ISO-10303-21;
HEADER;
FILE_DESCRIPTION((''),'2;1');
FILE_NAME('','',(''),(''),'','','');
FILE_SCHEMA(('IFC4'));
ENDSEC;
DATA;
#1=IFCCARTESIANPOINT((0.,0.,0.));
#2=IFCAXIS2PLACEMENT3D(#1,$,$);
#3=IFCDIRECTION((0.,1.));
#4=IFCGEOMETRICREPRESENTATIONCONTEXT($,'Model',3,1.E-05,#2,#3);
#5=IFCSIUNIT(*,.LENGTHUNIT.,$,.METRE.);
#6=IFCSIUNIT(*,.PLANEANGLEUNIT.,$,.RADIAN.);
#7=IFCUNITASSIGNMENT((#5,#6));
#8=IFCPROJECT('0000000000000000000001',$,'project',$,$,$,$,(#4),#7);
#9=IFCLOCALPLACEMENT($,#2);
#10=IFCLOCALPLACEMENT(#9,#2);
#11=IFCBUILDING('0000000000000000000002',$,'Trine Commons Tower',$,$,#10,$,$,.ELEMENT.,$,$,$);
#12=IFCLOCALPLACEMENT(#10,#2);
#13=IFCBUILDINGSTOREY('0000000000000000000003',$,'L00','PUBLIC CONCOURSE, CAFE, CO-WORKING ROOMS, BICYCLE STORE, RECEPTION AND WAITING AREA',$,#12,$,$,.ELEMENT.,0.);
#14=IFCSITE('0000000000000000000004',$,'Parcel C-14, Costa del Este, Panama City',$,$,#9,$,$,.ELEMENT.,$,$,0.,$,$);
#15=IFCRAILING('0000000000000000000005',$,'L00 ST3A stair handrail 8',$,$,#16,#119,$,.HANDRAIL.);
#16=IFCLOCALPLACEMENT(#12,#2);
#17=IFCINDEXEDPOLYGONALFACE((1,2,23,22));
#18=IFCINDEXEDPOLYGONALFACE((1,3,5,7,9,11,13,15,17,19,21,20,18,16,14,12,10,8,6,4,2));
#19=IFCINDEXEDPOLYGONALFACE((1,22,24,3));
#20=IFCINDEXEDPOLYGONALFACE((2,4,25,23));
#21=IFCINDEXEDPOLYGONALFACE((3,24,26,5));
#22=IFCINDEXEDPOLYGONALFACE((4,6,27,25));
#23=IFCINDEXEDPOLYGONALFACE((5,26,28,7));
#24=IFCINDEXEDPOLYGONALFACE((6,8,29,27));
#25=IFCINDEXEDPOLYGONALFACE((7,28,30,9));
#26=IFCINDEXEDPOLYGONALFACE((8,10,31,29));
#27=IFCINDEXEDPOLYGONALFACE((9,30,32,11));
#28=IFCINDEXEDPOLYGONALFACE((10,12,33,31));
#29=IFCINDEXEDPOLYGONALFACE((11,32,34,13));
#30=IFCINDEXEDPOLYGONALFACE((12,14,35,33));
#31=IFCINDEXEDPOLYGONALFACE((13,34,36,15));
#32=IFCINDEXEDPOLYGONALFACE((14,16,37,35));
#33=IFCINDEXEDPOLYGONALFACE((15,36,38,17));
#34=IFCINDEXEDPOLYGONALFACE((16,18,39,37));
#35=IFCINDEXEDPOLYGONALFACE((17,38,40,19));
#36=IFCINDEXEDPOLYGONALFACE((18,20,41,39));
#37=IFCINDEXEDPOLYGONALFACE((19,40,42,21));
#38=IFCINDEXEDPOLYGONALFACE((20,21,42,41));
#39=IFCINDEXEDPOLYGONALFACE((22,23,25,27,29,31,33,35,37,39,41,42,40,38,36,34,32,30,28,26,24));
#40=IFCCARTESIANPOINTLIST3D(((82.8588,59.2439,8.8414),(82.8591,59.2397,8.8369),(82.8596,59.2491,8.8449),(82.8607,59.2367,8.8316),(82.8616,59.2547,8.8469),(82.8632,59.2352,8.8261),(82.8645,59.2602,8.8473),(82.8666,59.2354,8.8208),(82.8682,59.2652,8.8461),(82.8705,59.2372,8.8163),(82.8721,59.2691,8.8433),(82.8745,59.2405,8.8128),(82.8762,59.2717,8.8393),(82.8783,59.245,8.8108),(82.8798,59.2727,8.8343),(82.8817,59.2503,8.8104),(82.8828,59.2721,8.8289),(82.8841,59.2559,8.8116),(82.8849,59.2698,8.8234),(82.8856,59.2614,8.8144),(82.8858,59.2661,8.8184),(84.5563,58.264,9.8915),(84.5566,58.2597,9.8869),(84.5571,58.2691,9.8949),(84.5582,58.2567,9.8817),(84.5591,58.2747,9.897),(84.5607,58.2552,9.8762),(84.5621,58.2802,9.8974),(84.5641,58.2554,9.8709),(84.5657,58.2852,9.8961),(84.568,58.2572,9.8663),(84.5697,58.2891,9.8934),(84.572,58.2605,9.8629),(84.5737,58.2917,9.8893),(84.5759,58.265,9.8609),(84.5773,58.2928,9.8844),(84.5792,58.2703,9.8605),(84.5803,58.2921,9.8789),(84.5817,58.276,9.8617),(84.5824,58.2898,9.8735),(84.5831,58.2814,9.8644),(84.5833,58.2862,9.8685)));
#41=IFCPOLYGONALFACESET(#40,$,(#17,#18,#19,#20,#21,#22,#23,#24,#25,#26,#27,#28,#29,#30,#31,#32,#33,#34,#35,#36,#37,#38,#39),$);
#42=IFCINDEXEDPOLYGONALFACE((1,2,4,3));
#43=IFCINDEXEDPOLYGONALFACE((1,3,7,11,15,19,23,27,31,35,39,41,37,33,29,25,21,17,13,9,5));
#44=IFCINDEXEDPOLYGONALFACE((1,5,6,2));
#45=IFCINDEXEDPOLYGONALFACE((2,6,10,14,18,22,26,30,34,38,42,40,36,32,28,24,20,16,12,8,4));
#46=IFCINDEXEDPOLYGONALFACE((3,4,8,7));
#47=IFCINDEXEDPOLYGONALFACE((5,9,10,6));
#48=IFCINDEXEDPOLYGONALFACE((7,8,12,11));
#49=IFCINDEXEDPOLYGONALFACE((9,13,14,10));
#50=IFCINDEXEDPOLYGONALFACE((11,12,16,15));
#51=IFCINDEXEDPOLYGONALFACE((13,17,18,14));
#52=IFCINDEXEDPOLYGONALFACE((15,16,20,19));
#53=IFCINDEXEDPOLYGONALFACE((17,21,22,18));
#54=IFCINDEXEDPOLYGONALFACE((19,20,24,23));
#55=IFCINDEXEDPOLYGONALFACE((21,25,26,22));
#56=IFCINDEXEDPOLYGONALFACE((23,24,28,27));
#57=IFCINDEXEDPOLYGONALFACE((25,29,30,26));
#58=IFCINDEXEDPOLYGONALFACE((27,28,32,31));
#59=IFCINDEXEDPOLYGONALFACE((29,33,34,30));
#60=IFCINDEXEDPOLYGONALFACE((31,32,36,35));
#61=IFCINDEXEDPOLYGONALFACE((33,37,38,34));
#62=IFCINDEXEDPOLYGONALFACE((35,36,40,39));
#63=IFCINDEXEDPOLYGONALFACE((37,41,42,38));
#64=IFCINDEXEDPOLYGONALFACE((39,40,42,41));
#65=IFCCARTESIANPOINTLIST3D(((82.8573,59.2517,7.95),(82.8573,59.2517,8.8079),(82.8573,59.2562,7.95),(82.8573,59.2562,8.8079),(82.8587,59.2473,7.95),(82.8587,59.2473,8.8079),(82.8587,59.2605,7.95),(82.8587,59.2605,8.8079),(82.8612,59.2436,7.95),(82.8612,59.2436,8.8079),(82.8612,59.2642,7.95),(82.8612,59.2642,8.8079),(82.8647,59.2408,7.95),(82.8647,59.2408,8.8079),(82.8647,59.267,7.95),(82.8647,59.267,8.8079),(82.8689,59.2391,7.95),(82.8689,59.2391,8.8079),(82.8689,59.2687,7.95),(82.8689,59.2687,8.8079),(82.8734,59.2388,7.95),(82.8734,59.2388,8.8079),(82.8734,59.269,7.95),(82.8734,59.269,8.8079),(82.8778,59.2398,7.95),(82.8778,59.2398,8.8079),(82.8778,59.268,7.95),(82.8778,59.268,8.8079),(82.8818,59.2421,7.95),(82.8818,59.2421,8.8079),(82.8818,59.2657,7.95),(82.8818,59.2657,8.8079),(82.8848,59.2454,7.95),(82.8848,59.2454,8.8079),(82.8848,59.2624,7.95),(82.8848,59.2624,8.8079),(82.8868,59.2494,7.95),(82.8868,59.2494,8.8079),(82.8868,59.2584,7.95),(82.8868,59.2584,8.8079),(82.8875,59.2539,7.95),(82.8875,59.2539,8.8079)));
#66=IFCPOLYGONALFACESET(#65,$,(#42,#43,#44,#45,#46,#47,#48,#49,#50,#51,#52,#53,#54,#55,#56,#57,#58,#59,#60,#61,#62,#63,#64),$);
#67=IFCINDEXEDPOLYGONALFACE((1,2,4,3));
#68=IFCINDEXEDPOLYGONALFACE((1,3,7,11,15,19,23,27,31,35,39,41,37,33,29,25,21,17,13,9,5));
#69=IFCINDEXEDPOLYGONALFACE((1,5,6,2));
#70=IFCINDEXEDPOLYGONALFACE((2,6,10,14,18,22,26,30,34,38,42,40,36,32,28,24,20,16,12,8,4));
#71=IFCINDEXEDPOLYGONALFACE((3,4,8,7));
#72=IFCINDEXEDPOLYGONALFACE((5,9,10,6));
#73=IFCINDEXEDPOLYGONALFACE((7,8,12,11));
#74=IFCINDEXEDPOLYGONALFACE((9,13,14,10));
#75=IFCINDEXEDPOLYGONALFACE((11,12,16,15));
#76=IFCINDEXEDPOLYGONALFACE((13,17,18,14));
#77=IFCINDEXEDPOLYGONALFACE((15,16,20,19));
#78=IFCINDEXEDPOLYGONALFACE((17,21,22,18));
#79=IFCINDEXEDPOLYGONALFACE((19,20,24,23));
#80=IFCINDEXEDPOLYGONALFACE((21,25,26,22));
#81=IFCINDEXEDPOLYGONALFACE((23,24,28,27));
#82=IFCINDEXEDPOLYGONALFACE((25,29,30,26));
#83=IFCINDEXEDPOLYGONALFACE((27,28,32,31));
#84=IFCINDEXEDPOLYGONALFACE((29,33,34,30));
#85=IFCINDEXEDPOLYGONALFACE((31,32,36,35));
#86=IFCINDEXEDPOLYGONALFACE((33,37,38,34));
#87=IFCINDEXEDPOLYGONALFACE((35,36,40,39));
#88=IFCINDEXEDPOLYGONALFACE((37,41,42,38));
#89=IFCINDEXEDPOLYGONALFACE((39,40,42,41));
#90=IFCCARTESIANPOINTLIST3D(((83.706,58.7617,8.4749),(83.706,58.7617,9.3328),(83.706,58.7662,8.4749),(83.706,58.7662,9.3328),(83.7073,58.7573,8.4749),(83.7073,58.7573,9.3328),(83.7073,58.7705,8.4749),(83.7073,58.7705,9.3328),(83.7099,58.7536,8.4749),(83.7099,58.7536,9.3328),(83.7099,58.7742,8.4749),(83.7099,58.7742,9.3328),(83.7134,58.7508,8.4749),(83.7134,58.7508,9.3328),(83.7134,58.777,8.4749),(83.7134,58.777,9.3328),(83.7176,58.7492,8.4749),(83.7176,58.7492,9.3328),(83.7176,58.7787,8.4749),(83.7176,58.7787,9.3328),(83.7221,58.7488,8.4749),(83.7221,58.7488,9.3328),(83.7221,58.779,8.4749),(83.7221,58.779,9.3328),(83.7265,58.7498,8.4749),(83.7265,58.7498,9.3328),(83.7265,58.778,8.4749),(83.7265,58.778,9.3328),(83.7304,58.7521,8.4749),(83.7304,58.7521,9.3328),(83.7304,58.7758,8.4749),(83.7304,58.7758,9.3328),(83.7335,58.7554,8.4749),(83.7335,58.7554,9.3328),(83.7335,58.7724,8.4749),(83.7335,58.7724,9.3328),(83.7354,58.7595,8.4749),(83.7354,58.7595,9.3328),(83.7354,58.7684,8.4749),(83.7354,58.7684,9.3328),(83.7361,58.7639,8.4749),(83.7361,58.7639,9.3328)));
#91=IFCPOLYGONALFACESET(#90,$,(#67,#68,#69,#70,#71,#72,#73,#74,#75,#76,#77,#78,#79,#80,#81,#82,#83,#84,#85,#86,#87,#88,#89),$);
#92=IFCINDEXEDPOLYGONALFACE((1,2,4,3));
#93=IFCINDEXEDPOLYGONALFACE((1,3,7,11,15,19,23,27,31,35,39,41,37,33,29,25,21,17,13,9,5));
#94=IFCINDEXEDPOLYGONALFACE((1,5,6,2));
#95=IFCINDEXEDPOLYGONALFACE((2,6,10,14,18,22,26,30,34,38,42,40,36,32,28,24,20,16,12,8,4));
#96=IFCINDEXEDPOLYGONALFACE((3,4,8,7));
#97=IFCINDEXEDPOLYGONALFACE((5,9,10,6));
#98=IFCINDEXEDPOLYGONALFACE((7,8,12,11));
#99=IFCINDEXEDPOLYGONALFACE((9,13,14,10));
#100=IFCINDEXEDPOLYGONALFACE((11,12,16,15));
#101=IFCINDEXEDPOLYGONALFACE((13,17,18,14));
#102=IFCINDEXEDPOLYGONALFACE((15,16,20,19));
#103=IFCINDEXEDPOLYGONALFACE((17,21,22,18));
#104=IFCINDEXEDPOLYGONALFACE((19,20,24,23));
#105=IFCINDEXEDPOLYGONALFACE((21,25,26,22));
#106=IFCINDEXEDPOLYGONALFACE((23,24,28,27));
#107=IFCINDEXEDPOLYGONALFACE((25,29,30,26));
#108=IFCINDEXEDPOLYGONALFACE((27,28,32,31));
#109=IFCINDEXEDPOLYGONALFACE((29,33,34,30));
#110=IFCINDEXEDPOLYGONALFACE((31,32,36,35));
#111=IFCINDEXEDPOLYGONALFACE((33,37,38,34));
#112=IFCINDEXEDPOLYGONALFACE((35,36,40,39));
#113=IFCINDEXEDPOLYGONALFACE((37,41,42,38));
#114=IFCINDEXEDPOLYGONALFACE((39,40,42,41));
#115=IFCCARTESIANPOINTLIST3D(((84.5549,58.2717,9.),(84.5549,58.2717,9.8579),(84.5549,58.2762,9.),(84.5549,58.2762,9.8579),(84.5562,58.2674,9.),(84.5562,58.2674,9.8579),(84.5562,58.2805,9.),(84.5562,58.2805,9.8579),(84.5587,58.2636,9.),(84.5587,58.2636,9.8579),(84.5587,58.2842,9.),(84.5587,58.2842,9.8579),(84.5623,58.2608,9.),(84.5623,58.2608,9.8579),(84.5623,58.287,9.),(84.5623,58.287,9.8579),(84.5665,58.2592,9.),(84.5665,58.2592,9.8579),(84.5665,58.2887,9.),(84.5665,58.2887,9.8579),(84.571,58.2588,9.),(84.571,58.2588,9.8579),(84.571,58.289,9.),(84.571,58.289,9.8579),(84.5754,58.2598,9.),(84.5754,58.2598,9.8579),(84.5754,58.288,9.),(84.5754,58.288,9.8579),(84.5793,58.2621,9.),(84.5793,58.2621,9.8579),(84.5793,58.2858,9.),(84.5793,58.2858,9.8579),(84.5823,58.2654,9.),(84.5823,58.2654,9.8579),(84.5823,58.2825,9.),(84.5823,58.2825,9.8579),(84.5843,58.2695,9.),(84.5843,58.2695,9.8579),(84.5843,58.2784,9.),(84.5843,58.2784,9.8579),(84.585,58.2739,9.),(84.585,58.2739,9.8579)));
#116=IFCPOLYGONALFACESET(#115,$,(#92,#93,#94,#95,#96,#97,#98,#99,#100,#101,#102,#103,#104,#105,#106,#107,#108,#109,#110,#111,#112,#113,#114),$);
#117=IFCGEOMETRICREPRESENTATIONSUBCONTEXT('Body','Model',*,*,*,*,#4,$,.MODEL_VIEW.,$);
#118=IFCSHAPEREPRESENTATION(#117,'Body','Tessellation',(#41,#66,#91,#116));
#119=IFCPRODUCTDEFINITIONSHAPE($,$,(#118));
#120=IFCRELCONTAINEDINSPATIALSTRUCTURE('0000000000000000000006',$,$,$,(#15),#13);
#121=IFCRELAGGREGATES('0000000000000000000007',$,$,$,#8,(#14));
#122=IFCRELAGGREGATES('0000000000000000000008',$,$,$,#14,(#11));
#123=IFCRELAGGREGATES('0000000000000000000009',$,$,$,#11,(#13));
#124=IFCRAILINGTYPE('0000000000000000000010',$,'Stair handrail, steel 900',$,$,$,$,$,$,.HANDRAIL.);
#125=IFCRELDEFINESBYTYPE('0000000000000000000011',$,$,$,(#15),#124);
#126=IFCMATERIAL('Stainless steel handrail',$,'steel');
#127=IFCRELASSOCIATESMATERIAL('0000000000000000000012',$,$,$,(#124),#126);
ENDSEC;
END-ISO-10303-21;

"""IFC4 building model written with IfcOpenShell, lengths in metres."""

from ifc_helpers import new_model, si_unit, direction, frame, origin, origin_2d, place, context, subcontext, project, spatial, circle, extrude, material, type_object, element, save


model = new_model("IFC4")

# Units and contexts
model_context = context("Model", 3, precision=1e-05, world=origin(), true_north=direction((0.0, 1.0)))
body_context = subcontext(model_context, "Body", "Model", "MODEL_VIEW")
ifc_project = project(units=[si_unit("LENGTHUNIT", "METRE"), si_unit("PLANEANGLEUNIT", "RADIAN")], contexts=[model_context])

# Site, building, storey
site_placement = place(None, origin())
site = spatial("IfcSite", under=ifc_project, at=site_placement, Name="Parcel C-14, Costa del Este, Panama City", CompositionType="ELEMENT", RefElevation=0.0)
building_placement = place(site_placement, origin())
building = spatial("IfcBuilding", under=site, at=building_placement, Name="Trine Commons Tower", CompositionType="ELEMENT")
storey_placement = place(building_placement, origin())
storey = spatial("IfcBuildingStorey", under=building, at=storey_placement, Name="L00", Description="PUBLIC CONCOURSE, CAFE, CO-WORKING ROOMS, BICYCLE STORE, RECEPTION AND WAITING AREA", CompositionType="ELEMENT", Elevation=0.0)

# Railing
ifc_material_1 = material(Name="Stainless steel handrail", Category="steel")
railing_type_1 = type_object("IfcRailingType", Name="Stair handrail, steel 900", PredefinedType="HANDRAIL", material=ifc_material_1)
railing_1_placement = place(storey_placement, frame((82.8723, 59.2539, 7.95)))
element("IfcRailing", 1, at=railing_1_placement, inside=storey, type_object=railing_type_1, Name="L00 ST3A stair handrail 8", PredefinedType="HANDRAIL", context=body_context, shape_type="SweptSolid", body=[
    extrude(circle(Radius=0.021, at=origin_2d()), frame((0.0, 0.0, 0.8789), z_axis=(0.763398, -0.440713, 0.472224), x_axis=(0.49997, 0.866042, 0.0)), (0.0, 0.0, 1.0), 2.2236),
    extrude(circle(Radius=0.0151, at=origin_2d()), origin(), (0.0, 0.0, 1.0), 0.8579),
    extrude(circle(Radius=0.0151, at=origin_2d()), frame((0.8486, -0.49, 0.5249)), (0.0, 0.0, 1.0), 0.8579),
    extrude(circle(Radius=0.0151, at=origin_2d()), frame((1.6975, -0.98, 1.05)), (0.0, 0.0, 1.0), 0.8579),
])

save(model, "model.ifc")
